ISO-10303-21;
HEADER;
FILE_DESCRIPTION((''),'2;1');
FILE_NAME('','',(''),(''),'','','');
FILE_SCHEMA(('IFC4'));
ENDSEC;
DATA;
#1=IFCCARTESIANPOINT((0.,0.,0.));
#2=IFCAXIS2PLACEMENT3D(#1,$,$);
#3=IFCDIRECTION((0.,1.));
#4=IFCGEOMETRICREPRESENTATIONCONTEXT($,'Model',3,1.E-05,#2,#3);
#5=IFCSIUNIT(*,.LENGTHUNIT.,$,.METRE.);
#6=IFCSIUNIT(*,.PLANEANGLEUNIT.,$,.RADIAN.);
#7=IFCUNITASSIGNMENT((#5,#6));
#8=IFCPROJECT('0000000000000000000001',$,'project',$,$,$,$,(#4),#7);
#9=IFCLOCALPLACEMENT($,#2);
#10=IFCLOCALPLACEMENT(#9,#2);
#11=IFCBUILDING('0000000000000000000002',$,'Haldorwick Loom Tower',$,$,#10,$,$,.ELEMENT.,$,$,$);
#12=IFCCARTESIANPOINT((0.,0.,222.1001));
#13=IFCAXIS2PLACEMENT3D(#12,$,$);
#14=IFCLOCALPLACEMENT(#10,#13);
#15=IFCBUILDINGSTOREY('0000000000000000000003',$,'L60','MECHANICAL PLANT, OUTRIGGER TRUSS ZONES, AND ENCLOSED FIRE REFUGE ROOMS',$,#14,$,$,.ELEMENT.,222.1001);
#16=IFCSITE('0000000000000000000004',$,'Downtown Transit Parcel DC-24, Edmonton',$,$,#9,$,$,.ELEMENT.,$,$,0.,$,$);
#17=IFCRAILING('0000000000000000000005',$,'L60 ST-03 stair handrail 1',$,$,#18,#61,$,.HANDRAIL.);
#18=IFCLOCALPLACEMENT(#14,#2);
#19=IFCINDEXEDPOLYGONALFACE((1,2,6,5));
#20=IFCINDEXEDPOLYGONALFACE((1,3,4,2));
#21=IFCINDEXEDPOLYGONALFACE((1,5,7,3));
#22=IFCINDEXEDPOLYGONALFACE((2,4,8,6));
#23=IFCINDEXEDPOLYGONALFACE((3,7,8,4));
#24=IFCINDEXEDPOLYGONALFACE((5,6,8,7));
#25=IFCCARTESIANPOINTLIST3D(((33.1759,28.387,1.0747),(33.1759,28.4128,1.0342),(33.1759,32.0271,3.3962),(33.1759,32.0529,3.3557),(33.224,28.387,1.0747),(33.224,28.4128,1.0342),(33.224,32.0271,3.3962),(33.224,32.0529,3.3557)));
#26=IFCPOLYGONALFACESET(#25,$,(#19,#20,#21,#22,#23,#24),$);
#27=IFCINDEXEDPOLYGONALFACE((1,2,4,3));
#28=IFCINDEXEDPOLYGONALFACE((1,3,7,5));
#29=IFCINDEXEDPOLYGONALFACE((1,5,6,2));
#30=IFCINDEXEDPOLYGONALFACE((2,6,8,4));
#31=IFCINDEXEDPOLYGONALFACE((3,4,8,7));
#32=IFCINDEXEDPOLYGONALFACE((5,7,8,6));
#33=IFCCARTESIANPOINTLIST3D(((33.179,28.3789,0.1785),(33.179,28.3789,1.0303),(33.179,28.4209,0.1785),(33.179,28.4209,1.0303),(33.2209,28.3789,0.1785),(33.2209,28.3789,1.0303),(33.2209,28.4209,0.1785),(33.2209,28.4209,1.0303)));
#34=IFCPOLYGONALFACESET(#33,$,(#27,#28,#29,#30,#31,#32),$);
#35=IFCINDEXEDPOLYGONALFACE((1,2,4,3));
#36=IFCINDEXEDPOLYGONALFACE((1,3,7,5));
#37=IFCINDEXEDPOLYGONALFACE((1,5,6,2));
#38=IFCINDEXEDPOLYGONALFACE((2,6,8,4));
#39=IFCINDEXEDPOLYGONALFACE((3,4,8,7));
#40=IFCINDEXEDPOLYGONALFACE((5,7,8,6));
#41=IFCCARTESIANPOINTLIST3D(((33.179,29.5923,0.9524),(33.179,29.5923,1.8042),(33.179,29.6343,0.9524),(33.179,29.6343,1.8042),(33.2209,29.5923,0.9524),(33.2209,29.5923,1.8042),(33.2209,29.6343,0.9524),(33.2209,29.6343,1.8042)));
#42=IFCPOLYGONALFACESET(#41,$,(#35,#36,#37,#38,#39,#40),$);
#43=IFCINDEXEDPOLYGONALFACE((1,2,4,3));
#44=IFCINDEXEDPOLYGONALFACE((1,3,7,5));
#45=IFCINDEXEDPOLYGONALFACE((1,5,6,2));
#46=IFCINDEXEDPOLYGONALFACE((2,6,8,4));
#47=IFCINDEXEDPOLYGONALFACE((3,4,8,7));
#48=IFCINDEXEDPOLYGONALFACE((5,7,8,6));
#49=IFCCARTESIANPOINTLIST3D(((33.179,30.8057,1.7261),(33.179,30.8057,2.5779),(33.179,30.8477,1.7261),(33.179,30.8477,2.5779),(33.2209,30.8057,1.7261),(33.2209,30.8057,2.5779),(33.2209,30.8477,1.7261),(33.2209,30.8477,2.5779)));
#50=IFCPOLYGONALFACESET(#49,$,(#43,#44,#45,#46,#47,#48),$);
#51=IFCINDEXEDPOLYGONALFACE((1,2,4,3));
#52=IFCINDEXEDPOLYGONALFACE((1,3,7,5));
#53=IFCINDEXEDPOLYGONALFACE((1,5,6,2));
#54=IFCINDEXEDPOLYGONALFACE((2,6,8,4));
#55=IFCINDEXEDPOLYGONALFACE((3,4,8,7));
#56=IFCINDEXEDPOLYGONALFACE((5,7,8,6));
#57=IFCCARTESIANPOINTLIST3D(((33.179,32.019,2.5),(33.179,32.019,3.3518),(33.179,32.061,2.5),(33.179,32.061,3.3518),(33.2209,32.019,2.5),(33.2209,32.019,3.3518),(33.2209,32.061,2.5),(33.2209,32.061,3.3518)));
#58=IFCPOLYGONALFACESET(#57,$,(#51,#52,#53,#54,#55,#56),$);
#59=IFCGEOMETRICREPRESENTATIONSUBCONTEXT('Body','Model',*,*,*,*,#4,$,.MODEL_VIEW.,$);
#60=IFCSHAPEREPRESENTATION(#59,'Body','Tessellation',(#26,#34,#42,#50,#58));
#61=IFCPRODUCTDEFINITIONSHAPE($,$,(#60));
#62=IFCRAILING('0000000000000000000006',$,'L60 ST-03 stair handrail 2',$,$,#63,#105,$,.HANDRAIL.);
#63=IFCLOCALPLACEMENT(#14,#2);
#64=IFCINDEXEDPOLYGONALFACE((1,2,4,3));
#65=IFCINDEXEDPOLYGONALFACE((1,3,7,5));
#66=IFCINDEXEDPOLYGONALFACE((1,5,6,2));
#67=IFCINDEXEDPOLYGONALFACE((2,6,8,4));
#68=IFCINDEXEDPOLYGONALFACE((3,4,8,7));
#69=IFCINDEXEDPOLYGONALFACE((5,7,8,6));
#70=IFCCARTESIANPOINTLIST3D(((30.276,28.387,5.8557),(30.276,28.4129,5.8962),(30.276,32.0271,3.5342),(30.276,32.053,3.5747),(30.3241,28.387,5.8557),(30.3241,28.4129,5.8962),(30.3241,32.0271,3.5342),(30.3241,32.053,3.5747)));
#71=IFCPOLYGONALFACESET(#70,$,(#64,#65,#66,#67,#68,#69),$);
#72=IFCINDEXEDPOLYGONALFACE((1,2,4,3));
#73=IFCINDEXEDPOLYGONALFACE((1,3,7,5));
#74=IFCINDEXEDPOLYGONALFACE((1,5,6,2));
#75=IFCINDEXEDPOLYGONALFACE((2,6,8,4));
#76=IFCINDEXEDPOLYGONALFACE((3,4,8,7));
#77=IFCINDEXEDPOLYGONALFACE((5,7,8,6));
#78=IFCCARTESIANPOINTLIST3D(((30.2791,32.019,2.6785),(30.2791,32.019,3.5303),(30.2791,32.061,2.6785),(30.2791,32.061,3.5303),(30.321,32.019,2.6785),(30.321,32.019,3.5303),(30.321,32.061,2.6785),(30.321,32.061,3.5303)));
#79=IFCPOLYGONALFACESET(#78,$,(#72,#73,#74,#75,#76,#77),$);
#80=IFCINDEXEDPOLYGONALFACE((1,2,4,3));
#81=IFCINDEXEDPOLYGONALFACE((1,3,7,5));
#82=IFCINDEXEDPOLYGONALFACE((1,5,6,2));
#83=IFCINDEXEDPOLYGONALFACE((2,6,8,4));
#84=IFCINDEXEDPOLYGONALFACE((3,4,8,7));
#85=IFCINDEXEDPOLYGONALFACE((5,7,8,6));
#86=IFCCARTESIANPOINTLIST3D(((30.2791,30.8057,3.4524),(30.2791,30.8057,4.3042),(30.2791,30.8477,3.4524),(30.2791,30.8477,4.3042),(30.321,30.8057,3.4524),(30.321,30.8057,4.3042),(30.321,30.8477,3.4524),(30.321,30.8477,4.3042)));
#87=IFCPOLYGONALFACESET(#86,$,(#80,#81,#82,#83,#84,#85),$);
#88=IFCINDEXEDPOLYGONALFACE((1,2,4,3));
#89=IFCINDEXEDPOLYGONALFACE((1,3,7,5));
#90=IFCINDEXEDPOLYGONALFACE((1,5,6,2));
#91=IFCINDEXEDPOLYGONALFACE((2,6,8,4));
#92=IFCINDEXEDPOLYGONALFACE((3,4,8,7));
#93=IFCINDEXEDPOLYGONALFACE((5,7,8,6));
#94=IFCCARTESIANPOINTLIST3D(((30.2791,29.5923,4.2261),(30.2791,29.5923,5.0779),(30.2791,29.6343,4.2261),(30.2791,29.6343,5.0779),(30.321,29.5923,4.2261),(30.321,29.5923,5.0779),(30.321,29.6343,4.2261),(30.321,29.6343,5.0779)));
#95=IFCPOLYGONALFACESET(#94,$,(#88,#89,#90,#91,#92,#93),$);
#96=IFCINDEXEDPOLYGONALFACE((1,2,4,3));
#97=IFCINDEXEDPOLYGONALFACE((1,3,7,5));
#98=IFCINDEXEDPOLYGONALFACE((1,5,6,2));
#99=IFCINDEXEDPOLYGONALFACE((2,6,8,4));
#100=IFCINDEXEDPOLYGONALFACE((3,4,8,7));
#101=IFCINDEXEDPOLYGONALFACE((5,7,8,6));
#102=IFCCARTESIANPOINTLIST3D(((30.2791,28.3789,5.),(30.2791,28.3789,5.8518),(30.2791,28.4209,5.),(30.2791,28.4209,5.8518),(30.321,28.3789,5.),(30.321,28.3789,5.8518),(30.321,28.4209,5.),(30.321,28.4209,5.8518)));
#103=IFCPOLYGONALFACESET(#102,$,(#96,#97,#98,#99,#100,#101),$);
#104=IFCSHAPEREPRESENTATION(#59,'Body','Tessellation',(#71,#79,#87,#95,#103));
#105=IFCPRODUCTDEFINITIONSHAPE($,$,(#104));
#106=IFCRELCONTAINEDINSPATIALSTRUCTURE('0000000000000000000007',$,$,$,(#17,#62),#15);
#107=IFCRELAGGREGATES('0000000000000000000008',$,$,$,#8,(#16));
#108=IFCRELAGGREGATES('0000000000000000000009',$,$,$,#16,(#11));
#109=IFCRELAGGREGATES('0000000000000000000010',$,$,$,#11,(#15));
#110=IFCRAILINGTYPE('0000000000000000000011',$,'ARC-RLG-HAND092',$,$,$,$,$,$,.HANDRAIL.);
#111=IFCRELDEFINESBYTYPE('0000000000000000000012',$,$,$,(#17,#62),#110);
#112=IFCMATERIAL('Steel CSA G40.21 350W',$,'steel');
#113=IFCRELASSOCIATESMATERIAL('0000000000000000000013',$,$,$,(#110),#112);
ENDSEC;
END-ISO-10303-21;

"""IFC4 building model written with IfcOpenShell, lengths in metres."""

from ifc_helpers import new_model, si_unit, direction, frame, origin, origin_2d, place, context, subcontext, project, spatial, rectangle, extrude, material, type_object, element, save


model = new_model("IFC4")

# Units and contexts
model_context = context("Model", 3, precision=1e-05, world=origin(), true_north=direction((0.0, 1.0)))
body_context = subcontext(model_context, "Body", "Model", "MODEL_VIEW")
ifc_project = project(units=[si_unit("LENGTHUNIT", "METRE"), si_unit("PLANEANGLEUNIT", "RADIAN")], contexts=[model_context])

# Site, building, storey
site_placement = place(None, origin())
site = spatial("IfcSite", under=ifc_project, at=site_placement, Name="Downtown Transit Parcel DC-24, Edmonton", CompositionType="ELEMENT", RefElevation=0.0)
building_placement = place(site_placement, origin())
building = spatial("IfcBuilding", under=site, at=building_placement, Name="Haldorwick Loom Tower", CompositionType="ELEMENT")
storey_placement = place(building_placement, frame((0.0, 0.0, 222.1001)))
storey = spatial("IfcBuildingStorey", under=building, at=storey_placement, Name="L60", Description="MECHANICAL PLANT, OUTRIGGER TRUSS ZONES, AND ENCLOSED FIRE REFUGE ROOMS", CompositionType="ELEMENT", Elevation=222.1001)

# Shared definitions
ifc_material_1 = material(Name="Steel CSA G40.21 350W", Category="steel")

# Railings
railing_type_1 = type_object("IfcRailingType", Name="ARC-RLG-HAND092", PredefinedType="HANDRAIL", material=ifc_material_1)
railing_1_placement = place(storey_placement, frame((33.2, 28.3999, 0.1785)))
element("IfcRailing", 1, at=railing_1_placement, inside=storey, type_object=railing_type_1, Name="L60 ST-03 stair handrail 1", PredefinedType="HANDRAIL", context=body_context, shape_type="SweptSolid", body=[
    extrude(rectangle(XDim=0.0481, YDim=0.0481, at=origin_2d()), frame((0.0, 0.0, 0.876), z_axis=(0.0, 0.843128, 0.537713), x_axis=(-1.0, 0.0, 0.0)), (0.0, 0.0, 1.0), 4.3174),
    extrude(rectangle(XDim=0.042, YDim=0.042, at=origin_2d()), origin(), (0.0, 0.0, 1.0), 0.8518),
    extrude(rectangle(XDim=0.042, YDim=0.042, at=origin_2d()), frame((0.0, 1.2134, 0.7739)), (0.0, 0.0, 1.0), 0.8518),
    extrude(rectangle(XDim=0.042, YDim=0.042, at=origin_2d()), frame((0.0, 2.4268, 1.5476)), (0.0, 0.0, 1.0), 0.8518),
    extrude(rectangle(XDim=0.042, YDim=0.042, at=origin_2d()), frame((0.0, 3.6401, 2.3215)), (0.0, 0.0, 1.0), 0.8518),
])
railing_2_placement = place(storey_placement, frame((30.3, 32.04, 2.6785)))
element("IfcRailing", 2, at=railing_2_placement, inside=storey, type_object=railing_type_1, Name="L60 ST-03 stair handrail 2", PredefinedType="HANDRAIL", context=body_context, shape_type="SweptSolid", body=[
    extrude(rectangle(XDim=0.0481, YDim=0.0481, at=origin_2d()), frame((0.0, 0.0, 0.876), z_axis=(0.0, -0.843128, 0.537713), x_axis=(1.0, 0.0, 0.0)), (0.0, 0.0, 1.0), 4.3174),
    extrude(rectangle(XDim=0.042, YDim=0.042, at=origin_2d()), origin(), (0.0, 0.0, 1.0), 0.8518),
    extrude(rectangle(XDim=0.042, YDim=0.042, at=origin_2d()), frame((0.0, -1.2134, 0.7739)), (0.0, 0.0, 1.0), 0.8518),
    extrude(rectangle(XDim=0.042, YDim=0.042, at=origin_2d()), frame((0.0, -2.4268, 1.5476)), (0.0, 0.0, 1.0), 0.8518),
    extrude(rectangle(XDim=0.042, YDim=0.042, at=origin_2d()), frame((0.0, -3.6401, 2.3215)), (0.0, 0.0, 1.0), 0.8518),
])

save(model, "model.ifc")
